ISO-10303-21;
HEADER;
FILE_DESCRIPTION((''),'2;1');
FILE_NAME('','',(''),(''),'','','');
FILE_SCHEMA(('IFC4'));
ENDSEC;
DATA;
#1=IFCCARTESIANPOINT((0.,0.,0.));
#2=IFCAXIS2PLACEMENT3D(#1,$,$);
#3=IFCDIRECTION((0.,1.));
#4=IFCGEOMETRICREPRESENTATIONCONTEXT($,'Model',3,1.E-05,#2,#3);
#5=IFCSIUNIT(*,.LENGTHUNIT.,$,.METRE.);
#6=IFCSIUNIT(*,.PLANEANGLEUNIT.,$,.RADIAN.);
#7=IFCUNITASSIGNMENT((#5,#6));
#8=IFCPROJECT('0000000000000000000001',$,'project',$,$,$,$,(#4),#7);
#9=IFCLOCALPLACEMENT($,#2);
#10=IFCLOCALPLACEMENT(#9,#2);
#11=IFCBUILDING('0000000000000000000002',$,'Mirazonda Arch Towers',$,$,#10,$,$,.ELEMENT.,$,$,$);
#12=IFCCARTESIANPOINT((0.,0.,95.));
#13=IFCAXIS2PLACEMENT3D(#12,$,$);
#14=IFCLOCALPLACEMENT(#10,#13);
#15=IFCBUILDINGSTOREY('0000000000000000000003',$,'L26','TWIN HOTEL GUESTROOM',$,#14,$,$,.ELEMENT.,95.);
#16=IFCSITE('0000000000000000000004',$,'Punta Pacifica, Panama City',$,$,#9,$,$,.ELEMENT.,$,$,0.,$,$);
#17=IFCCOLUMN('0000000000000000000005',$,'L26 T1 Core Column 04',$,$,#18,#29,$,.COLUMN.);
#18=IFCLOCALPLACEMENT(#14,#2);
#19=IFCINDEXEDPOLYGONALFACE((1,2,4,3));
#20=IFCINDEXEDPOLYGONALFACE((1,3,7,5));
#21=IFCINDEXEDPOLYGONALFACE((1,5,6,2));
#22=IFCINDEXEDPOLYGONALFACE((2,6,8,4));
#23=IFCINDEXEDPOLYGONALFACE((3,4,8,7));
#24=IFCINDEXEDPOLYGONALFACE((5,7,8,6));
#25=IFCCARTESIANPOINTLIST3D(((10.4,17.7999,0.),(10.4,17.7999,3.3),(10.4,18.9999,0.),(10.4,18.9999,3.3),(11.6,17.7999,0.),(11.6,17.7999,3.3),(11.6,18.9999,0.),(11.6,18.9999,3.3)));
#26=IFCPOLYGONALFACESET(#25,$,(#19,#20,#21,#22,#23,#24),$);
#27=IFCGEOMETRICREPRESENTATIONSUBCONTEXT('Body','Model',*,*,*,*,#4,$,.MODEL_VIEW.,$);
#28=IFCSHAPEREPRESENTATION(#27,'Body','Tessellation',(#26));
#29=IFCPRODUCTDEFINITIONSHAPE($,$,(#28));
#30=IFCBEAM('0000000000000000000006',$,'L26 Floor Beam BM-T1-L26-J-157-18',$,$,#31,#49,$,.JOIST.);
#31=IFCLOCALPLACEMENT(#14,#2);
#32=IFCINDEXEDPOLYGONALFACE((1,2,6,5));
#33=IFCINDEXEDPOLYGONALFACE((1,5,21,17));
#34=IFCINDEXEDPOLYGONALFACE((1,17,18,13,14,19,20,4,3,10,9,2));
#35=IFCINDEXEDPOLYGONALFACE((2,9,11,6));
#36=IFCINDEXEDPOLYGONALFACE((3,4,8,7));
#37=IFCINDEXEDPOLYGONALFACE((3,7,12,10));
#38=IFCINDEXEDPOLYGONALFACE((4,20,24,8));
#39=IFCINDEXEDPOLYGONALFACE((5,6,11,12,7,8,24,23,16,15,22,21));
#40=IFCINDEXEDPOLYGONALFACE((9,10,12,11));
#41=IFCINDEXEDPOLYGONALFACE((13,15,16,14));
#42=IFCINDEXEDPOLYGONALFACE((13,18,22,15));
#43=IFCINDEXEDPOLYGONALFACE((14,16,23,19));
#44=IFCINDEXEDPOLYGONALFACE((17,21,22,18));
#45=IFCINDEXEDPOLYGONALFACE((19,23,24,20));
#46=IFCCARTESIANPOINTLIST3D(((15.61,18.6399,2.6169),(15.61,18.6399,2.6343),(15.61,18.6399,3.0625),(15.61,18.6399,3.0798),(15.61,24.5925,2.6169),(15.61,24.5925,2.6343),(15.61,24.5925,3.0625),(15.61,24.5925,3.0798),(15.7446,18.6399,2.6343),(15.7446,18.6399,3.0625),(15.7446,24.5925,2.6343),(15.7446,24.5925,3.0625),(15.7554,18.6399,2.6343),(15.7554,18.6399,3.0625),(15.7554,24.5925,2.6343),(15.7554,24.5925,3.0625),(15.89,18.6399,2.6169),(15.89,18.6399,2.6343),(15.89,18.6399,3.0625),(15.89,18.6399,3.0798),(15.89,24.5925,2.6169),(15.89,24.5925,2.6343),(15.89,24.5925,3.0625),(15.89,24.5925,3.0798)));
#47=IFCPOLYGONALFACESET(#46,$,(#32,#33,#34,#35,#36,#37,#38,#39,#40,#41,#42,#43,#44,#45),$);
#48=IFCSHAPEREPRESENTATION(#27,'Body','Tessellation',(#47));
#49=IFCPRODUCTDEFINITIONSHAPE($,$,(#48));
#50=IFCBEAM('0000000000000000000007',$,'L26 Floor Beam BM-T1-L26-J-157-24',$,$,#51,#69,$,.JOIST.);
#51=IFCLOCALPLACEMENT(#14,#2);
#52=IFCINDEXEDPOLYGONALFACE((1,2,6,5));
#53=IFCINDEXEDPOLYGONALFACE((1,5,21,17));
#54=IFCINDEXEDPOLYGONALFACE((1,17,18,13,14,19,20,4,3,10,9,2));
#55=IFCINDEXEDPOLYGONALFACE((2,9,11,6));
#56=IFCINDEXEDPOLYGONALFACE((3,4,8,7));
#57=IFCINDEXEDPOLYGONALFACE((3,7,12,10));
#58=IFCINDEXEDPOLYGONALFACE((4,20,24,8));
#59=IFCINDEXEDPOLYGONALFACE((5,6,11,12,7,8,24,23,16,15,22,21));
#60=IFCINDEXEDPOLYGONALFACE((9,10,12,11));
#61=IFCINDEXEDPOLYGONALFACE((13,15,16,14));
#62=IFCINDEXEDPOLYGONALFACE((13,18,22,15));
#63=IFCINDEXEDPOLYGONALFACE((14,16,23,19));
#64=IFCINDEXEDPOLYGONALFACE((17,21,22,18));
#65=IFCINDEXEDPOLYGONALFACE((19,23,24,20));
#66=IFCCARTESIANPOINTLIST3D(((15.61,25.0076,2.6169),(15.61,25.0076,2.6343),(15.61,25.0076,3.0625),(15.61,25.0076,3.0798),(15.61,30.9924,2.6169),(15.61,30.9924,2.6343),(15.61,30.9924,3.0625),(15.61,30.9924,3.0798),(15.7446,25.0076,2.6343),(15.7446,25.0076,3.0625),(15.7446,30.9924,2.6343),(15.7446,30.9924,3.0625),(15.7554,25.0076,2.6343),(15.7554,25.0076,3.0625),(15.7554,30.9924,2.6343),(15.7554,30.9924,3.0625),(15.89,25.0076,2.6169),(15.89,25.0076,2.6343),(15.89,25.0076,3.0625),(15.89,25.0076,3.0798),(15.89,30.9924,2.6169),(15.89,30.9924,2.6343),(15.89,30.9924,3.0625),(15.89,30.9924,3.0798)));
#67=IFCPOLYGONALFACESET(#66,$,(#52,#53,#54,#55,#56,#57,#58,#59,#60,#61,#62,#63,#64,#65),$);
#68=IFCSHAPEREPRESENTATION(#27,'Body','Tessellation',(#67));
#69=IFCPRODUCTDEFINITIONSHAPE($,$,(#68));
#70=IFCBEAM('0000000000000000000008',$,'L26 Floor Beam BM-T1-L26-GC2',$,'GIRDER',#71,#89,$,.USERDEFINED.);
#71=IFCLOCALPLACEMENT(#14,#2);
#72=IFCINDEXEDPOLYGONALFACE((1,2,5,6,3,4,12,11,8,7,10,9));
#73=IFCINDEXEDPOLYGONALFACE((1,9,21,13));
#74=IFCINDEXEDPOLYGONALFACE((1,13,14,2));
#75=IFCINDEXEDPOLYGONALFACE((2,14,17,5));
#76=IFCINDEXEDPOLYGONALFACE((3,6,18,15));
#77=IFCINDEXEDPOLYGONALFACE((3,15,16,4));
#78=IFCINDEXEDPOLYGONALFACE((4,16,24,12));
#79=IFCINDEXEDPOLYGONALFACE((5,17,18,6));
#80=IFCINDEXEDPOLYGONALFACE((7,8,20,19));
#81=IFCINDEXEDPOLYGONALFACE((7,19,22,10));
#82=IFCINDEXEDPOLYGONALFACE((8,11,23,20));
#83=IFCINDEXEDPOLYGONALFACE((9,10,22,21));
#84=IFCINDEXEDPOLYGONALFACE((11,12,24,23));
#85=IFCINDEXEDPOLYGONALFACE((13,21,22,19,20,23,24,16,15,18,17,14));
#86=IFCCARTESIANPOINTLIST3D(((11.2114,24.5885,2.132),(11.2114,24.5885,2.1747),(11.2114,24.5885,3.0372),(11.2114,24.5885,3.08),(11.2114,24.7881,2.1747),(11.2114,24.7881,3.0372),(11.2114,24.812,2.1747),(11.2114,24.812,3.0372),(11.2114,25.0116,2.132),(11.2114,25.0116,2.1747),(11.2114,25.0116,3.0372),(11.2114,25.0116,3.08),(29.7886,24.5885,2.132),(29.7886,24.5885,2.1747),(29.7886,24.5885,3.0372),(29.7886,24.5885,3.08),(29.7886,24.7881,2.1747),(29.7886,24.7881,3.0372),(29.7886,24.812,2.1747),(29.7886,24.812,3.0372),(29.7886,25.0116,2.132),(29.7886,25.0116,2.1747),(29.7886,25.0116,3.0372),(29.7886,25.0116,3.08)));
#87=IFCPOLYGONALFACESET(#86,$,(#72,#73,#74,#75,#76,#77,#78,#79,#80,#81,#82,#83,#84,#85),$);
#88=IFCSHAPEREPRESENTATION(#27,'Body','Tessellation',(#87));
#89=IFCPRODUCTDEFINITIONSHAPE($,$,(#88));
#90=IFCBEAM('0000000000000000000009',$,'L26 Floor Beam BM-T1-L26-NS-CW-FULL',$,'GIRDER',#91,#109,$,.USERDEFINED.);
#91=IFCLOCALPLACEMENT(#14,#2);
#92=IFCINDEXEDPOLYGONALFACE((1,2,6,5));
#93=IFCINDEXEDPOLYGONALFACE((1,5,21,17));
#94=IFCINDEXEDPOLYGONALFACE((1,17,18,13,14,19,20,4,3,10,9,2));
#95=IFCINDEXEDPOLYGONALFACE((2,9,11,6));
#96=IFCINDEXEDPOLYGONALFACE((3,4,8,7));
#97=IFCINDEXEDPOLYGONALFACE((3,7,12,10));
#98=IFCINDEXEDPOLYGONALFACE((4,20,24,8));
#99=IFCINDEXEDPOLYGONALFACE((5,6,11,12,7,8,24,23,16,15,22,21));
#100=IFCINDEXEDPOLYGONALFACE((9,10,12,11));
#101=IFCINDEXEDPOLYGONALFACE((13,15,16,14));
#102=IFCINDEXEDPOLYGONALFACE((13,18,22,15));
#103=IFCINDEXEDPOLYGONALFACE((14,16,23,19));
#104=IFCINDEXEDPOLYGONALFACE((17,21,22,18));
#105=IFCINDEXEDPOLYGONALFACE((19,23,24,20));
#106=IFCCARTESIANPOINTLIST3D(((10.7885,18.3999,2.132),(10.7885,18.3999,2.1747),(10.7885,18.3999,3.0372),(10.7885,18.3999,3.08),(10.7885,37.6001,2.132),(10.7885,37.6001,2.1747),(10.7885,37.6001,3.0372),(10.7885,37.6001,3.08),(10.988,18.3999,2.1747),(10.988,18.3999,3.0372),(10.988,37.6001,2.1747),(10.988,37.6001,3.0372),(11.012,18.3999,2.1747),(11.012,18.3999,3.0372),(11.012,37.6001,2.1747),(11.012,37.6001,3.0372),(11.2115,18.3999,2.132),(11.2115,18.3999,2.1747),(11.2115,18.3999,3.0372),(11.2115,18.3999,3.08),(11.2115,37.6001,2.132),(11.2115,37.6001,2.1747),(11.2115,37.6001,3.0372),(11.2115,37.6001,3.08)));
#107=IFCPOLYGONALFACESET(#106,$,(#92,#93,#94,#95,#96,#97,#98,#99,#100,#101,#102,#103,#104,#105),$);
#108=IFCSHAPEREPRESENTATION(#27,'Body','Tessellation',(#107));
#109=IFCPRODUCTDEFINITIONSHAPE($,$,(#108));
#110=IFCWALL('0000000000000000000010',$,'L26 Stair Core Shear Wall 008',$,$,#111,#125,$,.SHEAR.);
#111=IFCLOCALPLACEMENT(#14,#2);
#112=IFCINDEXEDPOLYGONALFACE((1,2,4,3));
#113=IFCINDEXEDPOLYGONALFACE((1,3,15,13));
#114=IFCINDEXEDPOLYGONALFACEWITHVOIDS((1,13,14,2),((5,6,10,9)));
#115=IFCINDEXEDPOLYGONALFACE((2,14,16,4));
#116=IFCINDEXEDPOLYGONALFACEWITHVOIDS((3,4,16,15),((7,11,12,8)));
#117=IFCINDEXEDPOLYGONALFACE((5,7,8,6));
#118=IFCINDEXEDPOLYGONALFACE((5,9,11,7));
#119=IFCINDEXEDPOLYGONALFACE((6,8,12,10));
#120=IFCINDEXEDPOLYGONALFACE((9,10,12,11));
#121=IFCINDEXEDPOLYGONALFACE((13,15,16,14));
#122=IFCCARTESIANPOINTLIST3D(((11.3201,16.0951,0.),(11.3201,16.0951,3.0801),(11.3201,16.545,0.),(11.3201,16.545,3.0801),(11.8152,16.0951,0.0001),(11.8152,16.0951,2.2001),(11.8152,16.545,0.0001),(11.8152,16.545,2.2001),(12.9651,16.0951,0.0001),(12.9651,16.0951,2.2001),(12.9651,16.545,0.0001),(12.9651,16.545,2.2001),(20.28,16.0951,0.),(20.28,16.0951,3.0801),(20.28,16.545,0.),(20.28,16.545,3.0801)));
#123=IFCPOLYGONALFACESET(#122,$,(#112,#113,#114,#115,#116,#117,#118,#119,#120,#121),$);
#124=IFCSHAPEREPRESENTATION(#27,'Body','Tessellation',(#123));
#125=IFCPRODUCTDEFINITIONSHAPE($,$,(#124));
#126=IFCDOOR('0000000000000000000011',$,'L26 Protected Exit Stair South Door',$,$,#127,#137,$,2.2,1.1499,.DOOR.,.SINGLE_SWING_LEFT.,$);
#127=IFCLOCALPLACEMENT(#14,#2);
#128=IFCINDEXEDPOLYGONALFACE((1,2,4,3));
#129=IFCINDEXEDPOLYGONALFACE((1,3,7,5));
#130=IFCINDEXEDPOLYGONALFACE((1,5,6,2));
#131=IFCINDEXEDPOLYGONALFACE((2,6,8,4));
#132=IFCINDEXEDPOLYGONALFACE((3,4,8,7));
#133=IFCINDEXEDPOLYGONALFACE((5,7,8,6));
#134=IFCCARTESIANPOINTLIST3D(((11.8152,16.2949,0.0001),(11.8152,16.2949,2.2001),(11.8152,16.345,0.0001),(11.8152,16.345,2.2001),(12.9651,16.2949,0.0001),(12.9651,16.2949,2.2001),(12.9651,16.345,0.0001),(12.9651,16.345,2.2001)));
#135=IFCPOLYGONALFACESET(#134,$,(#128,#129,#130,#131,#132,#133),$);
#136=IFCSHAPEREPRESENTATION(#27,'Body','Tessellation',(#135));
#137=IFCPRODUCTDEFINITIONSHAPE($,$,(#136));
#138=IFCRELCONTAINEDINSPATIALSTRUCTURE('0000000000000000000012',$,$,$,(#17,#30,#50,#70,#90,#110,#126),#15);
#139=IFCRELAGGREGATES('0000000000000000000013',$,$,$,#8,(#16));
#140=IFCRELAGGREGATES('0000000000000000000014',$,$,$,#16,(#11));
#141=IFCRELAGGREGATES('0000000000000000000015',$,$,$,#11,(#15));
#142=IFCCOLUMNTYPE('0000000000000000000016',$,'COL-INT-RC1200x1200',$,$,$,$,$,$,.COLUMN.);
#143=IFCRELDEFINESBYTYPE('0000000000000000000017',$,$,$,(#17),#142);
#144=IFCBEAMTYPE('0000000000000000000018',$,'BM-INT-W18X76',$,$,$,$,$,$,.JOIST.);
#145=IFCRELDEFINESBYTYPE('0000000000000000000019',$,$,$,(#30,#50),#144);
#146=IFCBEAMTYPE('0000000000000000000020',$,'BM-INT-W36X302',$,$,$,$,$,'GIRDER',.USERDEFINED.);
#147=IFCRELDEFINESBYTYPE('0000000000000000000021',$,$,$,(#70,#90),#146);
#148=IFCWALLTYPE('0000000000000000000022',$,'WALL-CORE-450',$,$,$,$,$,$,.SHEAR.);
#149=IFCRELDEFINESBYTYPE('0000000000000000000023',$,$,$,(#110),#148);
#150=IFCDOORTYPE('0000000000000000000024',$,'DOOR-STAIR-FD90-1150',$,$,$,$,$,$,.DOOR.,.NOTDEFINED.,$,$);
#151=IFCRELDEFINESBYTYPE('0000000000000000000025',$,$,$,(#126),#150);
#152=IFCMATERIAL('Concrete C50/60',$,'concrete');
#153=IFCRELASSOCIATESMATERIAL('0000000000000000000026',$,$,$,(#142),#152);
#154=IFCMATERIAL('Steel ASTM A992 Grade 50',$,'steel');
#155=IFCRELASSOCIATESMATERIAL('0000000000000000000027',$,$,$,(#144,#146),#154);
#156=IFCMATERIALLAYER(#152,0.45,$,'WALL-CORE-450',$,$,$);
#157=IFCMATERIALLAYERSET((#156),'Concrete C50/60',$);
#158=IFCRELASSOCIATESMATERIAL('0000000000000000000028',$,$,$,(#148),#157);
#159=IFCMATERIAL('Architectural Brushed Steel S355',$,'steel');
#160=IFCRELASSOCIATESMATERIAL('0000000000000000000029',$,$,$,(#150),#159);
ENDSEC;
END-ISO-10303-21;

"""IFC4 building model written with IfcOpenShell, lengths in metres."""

from ifc_helpers import new_model, si_unit, direction, frame, frame_2d, origin, origin_2d, place, context, subcontext, project, spatial, rectangle, i_section, extrude, material, layer, layer_set, material_profile, profile_set, type_object, element, fill, save


model = new_model("IFC4")

# Units and contexts
model_context = context("Model", 3, precision=1e-05, world=origin(), true_north=direction((0.0, 1.0)))
body_context = subcontext(model_context, "Body", "Model", "MODEL_VIEW")
ifc_project = project(units=[si_unit("LENGTHUNIT", "METRE"), si_unit("PLANEANGLEUNIT", "RADIAN")], contexts=[model_context])

# Site, building, storey
site_placement = place(None, origin())
site = spatial("IfcSite", under=ifc_project, at=site_placement, Name="Punta Pacifica, Panama City", CompositionType="ELEMENT", RefElevation=0.0)
building_placement = place(site_placement, origin())
building = spatial("IfcBuilding", under=site, at=building_placement, Name="Mirazonda Arch Towers", CompositionType="ELEMENT")
storey_placement = place(building_placement, frame((0.0, 0.0, 95.0)))
storey = spatial("IfcBuildingStorey", under=building, at=storey_placement, Name="L26", Description="TWIN HOTEL GUESTROOM", CompositionType="ELEMENT", Elevation=95.0)

# Column
ifc_material_1 = material(Name="Concrete C50/60", Category="concrete")
ifc_material_profile_1 = material_profile(ifc_material_1, rectangle(XDim=1.2, YDim=1.2, at=origin_2d()), Name="RC1200x1200")
ifc_profile_set_1 = profile_set([ifc_material_profile_1], Name="Concrete C50/60")
column_type = type_object("IfcColumnType", Name="COL-INT-RC1200x1200", PredefinedType="COLUMN", material=ifc_profile_set_1)
column_placement = place(storey_placement, frame((11.0, 18.3999, 0.0), z_axis=(0.0, 0.0, 1.0), x_axis=(1.0, 0.0, 0.0)))
element("IfcColumn", 1, at=column_placement, inside=storey, type_object=column_type, Name="L26 T1 Core Column 04", PredefinedType="COLUMN", context=body_context, shape_type="SweptSolid", body=[
    extrude(rectangle(XDim=1.2, YDim=1.2, at=origin_2d()), origin(), (0.0, 0.0, 1.0), 3.3),
])

# Beams
ifc_material_2 = material(Name="Steel ASTM A992 Grade 50", Category="steel")
ifc_material_profile_2 = material_profile(ifc_material_2, i_section(OverallWidth=0.28, OverallDepth=0.4629, WebThickness=0.0107, FlangeThickness=0.0173, at=origin_2d()), Name="W18X76")
ifc_profile_set_2 = profile_set([ifc_material_profile_2], Name="Steel ASTM A992 Grade 50")
beam_type_1 = type_object("IfcBeamType", Name="BM-INT-W18X76", PredefinedType="JOIST", material=ifc_profile_set_2)
beam_1_placement = place(storey_placement, frame((15.75, 18.6399, 2.8484), z_axis=(0.0, 1.0, 0.0), x_axis=(-1.0, 0.0, 0.0)))
element("IfcBeam", 2, at=beam_1_placement, inside=storey, type_object=beam_type_1, Name="L26 Floor Beam BM-T1-L26-J-157-18", PredefinedType="JOIST", context=body_context, shape_type="SweptSolid", body=[
    extrude(i_section(OverallWidth=0.28, OverallDepth=0.4629, WebThickness=0.0107, FlangeThickness=0.0173, at=origin_2d()), origin(), (0.0, 0.0, 1.0), 5.9526),
])
beam_2_placement = place(storey_placement, frame((15.75, 25.0076, 2.8484), z_axis=(0.0, 1.0, 0.0), x_axis=(-1.0, 0.0, 0.0)))
element("IfcBeam", 3, at=beam_2_placement, inside=storey, type_object=beam_type_1, Name="L26 Floor Beam BM-T1-L26-J-157-24", PredefinedType="JOIST", context=body_context, shape_type="SweptSolid", body=[
    extrude(i_section(OverallWidth=0.28, OverallDepth=0.4629, WebThickness=0.0107, FlangeThickness=0.0173, at=origin_2d()), origin(), (0.0, 0.0, 1.0), 5.9849),
])
ifc_material_profile_3 = material_profile(ifc_material_2, i_section(OverallWidth=0.4231, OverallDepth=0.948, WebThickness=0.0239, FlangeThickness=0.0427, at=origin_2d()), Name="W36X302")
ifc_profile_set_3 = profile_set([ifc_material_profile_3], Name="Steel ASTM A992 Grade 50")
beam_type_2 = type_object("IfcBeamType", Name="BM-INT-W36X302", ElementType="GIRDER", PredefinedType="USERDEFINED", material=ifc_profile_set_3)
beam_3_placement = place(storey_placement, frame((11.2114, 24.8, 2.606), z_axis=(1.0, 0.0, 0.0), x_axis=(0.0, 1.0, 0.0)))
element("IfcBeam", 4, at=beam_3_placement, inside=storey, type_object=beam_type_2, Name="L26 Floor Beam BM-T1-L26-GC2", ObjectType="GIRDER", PredefinedType="USERDEFINED", context=body_context, shape_type="SweptSolid", body=[
    extrude(i_section(OverallWidth=0.4231, OverallDepth=0.948, WebThickness=0.0239, FlangeThickness=0.0427, at=origin_2d()), origin(), (0.0, 0.0, 1.0), 18.5771),
])
beam_4_placement = place(storey_placement, frame((11.0, 18.3999, 2.606), z_axis=(0.0, 1.0, 0.0), x_axis=(-1.0, 0.0, 0.0)))
element("IfcBeam", 5, at=beam_4_placement, inside=storey, type_object=beam_type_2, Name="L26 Floor Beam BM-T1-L26-NS-CW-FULL", ObjectType="GIRDER", PredefinedType="USERDEFINED", context=body_context, shape_type="SweptSolid", body=[
    extrude(i_section(OverallWidth=0.4231, OverallDepth=0.948, WebThickness=0.0239, FlangeThickness=0.0427, at=origin_2d()), origin(), (0.0, 0.0, 1.0), 19.2002),
])

# Wall, opening, door
ifc_layer_1 = layer(ifc_material_1, 0.45, Name="WALL-CORE-450")
ifc_layer_set_1 = layer_set([ifc_layer_1], Name="Concrete C50/60")
wall_type_1 = type_object("IfcWallType", Name="WALL-CORE-450", PredefinedType="SHEAR", material=ifc_layer_set_1)
wall_1_placement = place(storey_placement, frame((11.3201, 16.3201, 0.0), z_axis=(0.0, 0.0, 1.0), x_axis=(1.0, 0.0, 0.0)))
wall_1 = element("IfcWall", 6, at=wall_1_placement, inside=storey, type_object=wall_type_1, Name="L26 Stair Core Shear Wall 008", PredefinedType="SHEAR", context=body_context, shape_type="SweptSolid", body=[
    extrude(rectangle(XDim=8.96, YDim=0.45, at=frame_2d((4.48, 0.0))), origin(), (0.0, 0.0, 1.0), 3.0801),
])
opening_1_placement = place(wall_1_placement, frame((0.4951, 0.0, 0.0)))
opening_1 = element("IfcOpeningElement", 7, at=opening_1_placement, cuts=wall_1, PredefinedType="OPENING", context=body_context, shape_type="SweptSolid", body=[
    extrude(rectangle(XDim=1.1499, YDim=2.2, at=frame_2d((0.575, 1.1001))), frame((0.0, 0.2349, 0.0), z_axis=(0.0, -1.0, 0.0), x_axis=(1.0, 0.0, 0.0)), (0.0, 0.0, 1.0), 0.47),
])
ifc_material_3 = material(Name="Architectural Brushed Steel S355", Category="steel")
door_type_1 = type_object("IfcDoorType", Name="DOOR-STAIR-FD90-1150", OperationType="NOTDEFINED", PredefinedType="DOOR", material=ifc_material_3)
door_1_placement = place(opening_1_placement, origin())
door_1 = element("IfcDoor", 8, at=door_1_placement, inside=storey, type_object=door_type_1, Name="L26 Protected Exit Stair South Door", OperationType="SINGLE_SWING_LEFT", OverallHeight=2.2, OverallWidth=1.1499, PredefinedType="DOOR", context=body_context, shape_type="SweptSolid", body=[
    extrude(rectangle(XDim=1.1499, YDim=2.2, at=frame_2d((0.575, 1.1001))), frame((0.0, 0.0249, 0.0), z_axis=(0.0, -1.0, 0.0), x_axis=(1.0, 0.0, 0.0)), (0.0, 0.0, 1.0), 0.05),
])
fill(opening_1, door_1)

save(model, "model.ifc")
